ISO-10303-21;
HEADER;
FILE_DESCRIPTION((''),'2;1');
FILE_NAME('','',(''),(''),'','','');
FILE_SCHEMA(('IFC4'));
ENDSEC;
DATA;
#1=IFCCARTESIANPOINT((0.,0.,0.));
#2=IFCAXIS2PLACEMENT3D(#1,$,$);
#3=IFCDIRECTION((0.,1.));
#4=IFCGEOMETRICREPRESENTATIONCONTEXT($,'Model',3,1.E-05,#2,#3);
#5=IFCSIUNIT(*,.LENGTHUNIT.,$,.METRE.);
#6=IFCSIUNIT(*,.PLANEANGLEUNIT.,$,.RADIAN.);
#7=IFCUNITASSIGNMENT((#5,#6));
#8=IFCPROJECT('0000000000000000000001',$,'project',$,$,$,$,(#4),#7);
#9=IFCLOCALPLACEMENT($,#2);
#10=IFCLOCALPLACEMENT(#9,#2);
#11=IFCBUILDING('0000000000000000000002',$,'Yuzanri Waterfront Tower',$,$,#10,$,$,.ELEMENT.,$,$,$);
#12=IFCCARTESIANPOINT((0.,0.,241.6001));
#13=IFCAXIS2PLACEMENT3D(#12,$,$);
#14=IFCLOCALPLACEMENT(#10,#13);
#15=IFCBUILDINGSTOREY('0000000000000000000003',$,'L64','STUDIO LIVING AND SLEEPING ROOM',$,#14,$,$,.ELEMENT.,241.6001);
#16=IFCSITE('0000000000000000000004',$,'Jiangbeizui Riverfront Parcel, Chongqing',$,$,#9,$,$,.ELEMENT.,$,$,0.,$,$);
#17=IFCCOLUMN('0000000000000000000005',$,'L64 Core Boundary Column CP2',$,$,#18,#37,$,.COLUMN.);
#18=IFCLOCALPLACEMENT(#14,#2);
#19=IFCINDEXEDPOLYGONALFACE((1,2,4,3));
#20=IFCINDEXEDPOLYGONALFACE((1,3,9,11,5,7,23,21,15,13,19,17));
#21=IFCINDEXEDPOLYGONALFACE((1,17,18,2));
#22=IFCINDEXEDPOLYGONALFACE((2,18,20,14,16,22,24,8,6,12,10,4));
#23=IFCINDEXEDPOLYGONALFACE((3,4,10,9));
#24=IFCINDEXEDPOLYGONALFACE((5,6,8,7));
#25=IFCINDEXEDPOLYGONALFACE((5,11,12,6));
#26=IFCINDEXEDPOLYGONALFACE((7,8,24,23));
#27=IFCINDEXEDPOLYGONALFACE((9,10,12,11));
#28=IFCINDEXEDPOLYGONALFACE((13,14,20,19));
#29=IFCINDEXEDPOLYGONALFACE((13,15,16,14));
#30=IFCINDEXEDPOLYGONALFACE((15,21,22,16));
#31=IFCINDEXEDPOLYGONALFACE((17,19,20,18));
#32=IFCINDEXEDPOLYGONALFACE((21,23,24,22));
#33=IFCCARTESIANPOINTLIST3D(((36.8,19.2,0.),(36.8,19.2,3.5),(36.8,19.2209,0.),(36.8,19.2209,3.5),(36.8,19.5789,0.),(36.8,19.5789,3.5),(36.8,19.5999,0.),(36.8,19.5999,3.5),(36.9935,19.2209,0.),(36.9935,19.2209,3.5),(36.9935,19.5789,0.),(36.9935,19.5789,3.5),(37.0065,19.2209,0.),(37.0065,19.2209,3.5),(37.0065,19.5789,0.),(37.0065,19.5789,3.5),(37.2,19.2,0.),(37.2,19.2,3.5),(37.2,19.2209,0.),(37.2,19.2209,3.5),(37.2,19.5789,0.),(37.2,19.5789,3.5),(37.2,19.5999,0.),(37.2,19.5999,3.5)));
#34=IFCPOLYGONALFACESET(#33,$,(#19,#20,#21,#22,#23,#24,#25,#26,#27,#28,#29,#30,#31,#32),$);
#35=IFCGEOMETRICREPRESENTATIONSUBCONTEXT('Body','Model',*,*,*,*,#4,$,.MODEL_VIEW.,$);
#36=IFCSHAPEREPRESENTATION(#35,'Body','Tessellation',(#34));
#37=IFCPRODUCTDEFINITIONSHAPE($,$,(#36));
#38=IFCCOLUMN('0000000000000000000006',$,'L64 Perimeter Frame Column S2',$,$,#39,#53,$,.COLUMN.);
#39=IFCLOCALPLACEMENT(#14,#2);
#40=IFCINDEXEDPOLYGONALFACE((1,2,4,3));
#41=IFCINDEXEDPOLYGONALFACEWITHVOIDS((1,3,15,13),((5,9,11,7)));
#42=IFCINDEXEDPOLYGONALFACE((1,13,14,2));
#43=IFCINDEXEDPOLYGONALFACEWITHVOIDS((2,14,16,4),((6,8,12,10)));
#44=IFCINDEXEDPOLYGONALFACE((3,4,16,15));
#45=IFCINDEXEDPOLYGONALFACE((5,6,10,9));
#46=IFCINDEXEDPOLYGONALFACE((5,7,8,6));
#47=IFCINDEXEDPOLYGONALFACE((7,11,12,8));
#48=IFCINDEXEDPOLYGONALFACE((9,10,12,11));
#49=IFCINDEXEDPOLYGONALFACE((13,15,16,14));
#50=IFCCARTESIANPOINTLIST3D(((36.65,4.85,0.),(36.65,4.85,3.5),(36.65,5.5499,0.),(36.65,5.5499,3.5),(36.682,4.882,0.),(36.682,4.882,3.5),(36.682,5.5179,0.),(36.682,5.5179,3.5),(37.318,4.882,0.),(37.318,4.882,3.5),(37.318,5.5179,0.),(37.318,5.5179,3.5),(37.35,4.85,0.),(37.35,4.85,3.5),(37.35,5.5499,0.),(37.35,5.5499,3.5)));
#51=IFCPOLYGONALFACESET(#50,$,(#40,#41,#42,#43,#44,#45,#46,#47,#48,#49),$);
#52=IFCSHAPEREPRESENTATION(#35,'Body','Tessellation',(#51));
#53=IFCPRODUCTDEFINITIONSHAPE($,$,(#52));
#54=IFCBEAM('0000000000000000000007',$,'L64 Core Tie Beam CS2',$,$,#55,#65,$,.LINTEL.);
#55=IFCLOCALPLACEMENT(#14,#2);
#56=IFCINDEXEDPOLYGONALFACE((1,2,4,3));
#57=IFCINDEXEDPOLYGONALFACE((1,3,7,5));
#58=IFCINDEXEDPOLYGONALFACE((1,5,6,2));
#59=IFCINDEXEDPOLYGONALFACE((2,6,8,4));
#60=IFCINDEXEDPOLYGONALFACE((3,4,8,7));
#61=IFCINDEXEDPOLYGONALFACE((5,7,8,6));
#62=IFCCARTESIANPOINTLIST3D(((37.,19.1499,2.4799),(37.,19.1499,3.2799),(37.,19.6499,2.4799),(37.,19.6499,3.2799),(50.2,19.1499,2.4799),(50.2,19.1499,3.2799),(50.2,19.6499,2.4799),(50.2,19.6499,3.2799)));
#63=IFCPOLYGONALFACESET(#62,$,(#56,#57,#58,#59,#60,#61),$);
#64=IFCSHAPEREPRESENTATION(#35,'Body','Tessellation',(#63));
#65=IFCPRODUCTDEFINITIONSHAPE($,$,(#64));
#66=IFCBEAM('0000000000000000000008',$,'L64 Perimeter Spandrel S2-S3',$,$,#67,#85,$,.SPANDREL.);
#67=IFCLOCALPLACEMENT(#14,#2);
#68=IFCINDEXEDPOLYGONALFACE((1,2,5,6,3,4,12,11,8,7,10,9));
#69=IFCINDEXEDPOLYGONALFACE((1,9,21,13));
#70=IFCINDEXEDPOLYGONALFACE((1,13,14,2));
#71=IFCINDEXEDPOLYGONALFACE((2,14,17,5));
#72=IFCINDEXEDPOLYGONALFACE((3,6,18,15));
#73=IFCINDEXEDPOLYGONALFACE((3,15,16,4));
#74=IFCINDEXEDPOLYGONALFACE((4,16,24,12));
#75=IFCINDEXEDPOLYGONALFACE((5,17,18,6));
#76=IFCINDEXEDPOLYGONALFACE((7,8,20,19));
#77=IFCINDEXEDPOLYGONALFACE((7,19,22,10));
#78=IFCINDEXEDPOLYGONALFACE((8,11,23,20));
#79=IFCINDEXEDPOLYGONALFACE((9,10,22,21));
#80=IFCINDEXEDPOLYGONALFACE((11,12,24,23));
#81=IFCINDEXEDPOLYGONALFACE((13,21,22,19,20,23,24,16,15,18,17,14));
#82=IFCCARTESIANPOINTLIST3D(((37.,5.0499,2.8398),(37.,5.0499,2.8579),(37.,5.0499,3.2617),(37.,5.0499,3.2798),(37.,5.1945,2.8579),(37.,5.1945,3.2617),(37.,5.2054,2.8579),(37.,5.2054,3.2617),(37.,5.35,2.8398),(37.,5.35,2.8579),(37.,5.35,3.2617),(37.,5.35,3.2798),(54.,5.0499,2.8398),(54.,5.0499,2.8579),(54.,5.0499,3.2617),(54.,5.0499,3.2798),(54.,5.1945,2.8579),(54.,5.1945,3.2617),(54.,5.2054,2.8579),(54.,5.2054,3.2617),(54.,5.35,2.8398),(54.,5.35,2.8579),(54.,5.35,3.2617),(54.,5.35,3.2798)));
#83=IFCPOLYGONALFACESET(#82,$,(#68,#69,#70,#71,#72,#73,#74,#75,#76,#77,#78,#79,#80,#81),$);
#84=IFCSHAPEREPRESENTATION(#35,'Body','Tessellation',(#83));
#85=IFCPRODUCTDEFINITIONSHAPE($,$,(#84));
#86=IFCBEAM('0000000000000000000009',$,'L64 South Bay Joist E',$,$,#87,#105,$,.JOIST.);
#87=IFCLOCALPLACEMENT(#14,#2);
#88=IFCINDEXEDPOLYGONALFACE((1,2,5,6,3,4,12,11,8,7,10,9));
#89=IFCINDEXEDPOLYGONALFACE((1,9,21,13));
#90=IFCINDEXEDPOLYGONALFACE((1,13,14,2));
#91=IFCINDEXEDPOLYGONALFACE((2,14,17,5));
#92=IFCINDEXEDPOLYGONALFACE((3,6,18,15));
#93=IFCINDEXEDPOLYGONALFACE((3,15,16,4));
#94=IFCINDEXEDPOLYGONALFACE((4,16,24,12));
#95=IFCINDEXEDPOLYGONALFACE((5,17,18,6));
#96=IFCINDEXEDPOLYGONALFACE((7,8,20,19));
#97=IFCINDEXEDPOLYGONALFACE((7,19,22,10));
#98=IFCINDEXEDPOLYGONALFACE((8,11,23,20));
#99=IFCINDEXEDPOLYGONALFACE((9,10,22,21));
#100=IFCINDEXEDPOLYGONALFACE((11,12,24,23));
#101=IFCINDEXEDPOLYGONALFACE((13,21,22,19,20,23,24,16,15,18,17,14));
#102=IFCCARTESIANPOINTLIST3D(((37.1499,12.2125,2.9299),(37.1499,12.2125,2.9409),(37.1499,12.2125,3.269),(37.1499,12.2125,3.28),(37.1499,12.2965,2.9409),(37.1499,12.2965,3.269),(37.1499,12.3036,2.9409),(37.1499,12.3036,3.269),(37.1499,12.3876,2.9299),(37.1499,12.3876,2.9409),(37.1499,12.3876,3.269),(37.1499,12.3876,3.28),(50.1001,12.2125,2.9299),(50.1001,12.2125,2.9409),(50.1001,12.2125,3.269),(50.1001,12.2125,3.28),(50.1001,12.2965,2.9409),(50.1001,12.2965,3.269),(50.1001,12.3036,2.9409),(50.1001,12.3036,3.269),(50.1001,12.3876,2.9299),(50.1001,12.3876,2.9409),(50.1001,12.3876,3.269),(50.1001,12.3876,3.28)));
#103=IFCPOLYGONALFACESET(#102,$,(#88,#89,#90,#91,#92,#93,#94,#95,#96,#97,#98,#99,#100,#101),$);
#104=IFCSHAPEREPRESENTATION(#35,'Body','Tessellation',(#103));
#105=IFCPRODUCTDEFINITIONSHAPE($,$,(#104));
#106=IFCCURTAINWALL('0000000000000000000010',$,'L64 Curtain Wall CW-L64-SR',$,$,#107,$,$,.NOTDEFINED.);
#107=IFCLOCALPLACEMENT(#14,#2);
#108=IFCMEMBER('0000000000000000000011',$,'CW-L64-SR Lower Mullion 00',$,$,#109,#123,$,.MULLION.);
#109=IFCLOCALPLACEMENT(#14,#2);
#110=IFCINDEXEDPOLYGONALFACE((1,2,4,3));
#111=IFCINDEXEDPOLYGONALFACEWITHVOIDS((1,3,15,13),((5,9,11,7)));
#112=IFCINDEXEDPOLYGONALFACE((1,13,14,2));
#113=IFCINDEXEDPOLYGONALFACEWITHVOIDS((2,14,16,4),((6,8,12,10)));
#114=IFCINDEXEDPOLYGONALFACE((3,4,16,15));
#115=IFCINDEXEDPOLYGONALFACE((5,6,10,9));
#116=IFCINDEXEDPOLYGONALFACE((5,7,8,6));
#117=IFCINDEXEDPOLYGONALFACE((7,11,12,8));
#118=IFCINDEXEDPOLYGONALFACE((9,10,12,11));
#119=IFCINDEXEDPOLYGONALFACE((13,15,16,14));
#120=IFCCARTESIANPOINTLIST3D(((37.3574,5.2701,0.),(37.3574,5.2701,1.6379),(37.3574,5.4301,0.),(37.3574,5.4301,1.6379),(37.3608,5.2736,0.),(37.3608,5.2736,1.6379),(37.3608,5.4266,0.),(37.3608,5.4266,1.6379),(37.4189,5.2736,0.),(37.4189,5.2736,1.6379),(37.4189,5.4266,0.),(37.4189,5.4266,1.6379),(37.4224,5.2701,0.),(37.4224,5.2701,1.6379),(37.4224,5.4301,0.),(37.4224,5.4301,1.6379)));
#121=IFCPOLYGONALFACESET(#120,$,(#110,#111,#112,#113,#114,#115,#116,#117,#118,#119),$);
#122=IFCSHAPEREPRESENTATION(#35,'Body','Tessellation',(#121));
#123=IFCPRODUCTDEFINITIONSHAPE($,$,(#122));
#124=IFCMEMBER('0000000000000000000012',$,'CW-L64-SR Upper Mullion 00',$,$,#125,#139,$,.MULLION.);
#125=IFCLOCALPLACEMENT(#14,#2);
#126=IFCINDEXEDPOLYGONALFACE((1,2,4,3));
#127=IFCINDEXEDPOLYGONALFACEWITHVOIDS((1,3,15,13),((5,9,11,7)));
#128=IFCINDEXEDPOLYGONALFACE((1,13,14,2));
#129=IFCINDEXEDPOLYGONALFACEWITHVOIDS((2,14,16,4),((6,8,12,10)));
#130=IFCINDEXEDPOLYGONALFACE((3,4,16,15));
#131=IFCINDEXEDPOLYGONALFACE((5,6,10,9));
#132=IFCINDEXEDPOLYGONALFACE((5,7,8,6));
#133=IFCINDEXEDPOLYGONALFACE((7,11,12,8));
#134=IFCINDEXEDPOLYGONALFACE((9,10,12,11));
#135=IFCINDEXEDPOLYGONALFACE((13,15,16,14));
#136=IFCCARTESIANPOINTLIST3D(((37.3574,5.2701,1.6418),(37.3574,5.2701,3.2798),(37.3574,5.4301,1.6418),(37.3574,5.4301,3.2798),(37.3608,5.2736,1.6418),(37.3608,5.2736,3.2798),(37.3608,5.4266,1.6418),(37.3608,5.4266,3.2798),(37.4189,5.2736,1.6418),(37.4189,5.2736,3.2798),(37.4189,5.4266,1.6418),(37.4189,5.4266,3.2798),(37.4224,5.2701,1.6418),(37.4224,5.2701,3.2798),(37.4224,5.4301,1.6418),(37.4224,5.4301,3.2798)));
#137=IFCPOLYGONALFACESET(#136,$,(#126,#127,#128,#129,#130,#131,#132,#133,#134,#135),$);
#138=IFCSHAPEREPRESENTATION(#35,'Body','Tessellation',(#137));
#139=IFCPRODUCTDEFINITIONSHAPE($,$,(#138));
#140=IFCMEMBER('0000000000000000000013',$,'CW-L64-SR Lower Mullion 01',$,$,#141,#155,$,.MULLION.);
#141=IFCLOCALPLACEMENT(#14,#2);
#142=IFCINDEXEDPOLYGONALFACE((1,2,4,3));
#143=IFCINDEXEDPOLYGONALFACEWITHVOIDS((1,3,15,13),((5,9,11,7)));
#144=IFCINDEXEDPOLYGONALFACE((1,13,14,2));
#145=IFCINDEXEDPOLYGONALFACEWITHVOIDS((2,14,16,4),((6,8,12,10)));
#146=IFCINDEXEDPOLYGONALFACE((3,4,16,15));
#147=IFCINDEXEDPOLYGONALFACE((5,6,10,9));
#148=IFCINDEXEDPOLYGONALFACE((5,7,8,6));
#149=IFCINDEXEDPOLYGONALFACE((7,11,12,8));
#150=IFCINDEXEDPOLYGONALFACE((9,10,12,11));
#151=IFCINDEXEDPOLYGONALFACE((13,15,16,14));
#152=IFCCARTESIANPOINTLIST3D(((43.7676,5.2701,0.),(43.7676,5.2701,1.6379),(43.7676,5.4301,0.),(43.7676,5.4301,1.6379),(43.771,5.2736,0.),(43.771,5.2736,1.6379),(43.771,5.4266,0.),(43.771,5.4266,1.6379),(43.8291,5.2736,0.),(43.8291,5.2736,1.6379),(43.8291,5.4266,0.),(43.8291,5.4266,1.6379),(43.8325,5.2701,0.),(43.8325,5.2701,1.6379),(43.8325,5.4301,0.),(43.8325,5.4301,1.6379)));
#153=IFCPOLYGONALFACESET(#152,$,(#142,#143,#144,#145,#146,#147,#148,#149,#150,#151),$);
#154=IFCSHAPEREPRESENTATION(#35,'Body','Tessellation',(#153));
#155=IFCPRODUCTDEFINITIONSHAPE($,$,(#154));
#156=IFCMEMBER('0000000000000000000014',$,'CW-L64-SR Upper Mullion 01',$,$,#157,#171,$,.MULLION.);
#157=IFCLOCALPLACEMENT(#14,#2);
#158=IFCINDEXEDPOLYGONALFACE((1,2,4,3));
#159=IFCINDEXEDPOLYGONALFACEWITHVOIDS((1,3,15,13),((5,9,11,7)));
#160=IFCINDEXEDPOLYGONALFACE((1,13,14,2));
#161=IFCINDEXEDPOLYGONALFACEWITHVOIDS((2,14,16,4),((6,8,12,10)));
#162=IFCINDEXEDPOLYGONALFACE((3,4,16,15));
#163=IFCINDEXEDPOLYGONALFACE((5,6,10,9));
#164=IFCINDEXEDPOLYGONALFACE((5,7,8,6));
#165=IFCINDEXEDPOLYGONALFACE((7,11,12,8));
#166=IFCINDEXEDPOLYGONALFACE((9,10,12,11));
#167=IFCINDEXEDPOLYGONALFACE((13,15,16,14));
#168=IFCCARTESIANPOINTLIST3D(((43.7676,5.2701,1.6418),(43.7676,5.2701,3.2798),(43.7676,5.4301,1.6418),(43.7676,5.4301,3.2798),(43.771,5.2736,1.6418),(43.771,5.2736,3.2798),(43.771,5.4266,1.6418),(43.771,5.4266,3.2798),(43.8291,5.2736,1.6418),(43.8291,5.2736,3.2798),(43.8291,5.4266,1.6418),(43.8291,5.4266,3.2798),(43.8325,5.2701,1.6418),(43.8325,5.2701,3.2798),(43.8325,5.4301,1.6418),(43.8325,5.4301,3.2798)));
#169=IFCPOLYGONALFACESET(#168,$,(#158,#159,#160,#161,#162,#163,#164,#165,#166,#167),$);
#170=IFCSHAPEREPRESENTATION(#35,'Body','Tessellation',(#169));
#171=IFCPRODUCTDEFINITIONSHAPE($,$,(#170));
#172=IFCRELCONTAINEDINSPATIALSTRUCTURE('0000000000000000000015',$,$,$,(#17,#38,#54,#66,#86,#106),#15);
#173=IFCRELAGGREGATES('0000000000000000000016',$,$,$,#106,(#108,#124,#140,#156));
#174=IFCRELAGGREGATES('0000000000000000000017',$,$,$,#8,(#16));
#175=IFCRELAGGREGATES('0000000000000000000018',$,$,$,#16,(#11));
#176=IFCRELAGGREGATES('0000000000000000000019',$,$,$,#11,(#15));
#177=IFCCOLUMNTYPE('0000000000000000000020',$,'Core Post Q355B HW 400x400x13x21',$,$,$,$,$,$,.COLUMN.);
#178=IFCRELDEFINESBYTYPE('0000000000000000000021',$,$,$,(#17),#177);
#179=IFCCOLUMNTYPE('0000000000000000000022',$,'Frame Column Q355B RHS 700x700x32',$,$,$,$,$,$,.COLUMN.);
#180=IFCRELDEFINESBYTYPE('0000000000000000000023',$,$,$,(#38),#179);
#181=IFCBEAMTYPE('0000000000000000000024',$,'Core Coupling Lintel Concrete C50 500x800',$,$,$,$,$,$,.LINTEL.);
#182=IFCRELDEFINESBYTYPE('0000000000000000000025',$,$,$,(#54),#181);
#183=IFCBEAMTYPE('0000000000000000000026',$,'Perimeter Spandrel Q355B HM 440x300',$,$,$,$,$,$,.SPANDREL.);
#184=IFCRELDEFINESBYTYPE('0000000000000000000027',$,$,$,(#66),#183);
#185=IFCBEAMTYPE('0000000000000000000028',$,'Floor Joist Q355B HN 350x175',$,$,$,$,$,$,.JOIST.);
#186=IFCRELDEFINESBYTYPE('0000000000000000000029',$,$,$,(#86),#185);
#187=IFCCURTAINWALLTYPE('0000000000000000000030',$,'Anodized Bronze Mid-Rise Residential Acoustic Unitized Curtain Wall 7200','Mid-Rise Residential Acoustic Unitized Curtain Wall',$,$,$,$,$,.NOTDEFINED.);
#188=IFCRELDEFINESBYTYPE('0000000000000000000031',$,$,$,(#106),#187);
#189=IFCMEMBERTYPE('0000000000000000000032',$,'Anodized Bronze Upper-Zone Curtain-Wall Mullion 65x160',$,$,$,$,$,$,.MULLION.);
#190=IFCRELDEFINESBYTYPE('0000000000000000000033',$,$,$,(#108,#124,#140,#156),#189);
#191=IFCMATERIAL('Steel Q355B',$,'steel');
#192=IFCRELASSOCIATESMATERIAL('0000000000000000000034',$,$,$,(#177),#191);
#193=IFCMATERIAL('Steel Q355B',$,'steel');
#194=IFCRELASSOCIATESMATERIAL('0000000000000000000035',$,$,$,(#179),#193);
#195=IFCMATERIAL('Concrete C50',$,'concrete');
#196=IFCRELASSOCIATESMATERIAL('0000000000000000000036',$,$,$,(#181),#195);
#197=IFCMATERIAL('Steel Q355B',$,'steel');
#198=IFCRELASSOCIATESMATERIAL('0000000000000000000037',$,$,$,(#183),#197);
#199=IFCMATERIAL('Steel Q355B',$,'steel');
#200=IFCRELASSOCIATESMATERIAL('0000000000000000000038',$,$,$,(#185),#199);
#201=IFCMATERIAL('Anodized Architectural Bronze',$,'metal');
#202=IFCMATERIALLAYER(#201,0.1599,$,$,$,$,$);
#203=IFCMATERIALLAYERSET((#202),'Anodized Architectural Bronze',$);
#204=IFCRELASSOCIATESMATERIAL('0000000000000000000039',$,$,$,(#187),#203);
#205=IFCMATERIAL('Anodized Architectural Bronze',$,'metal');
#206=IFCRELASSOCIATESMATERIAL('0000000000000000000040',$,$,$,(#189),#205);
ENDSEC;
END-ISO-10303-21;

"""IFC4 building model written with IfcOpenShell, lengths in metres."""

from ifc_helpers import new_model, si_unit, direction, frame, origin, origin_2d, place, context, subcontext, project, spatial, rectangle, hollow_rectangle, i_section, extrude, source, transform, mapped, material, layer, layer_set, material_profile, profile_set, type_object, element, aggregate, save


model = new_model("IFC4")

# Units and contexts
model_context = context("Model", 3, precision=1e-05, world=origin(), true_north=direction((0.0, 1.0)))
body_context = subcontext(model_context, "Body", "Model", "MODEL_VIEW")
ifc_project = project(units=[si_unit("LENGTHUNIT", "METRE"), si_unit("PLANEANGLEUNIT", "RADIAN")], contexts=[model_context])

# Site, building, storey
site_placement = place(None, origin())
site = spatial("IfcSite", under=ifc_project, at=site_placement, Name="Jiangbeizui Riverfront Parcel, Chongqing", CompositionType="ELEMENT", RefElevation=0.0)
building_placement = place(site_placement, origin())
building = spatial("IfcBuilding", under=site, at=building_placement, Name="Yuzanri Waterfront Tower", CompositionType="ELEMENT")
storey_placement = place(building_placement, frame((0.0, 0.0, 241.6001)))
storey = spatial("IfcBuildingStorey", under=building, at=storey_placement, Name="L64", Description="STUDIO LIVING AND SLEEPING ROOM", CompositionType="ELEMENT", Elevation=241.6001)

# Columns
ifc_material_1 = material(Name="Steel Q355B", Category="steel")
ifc_material_profile_1 = material_profile(ifc_material_1, i_section(OverallWidth=0.3999, OverallDepth=0.3999, WebThickness=0.0129, FlangeThickness=0.021, at=origin_2d()), Name="HW 400x400x13x21")
ifc_profile_set_1 = profile_set([ifc_material_profile_1], Name="Steel Q355B")
column_type_1 = type_object("IfcColumnType", Name="Core Post Q355B HW 400x400x13x21", PredefinedType="COLUMN", material=ifc_profile_set_1)
shared_shape_1 = source(origin(), body_context, "Body", "SweptSolid", [
    extrude(i_section(OverallWidth=0.3999, OverallDepth=0.3999, WebThickness=0.0129, FlangeThickness=0.021, at=origin_2d()), origin(), (0.0, 0.0, 1.0), 3.5),
])
column_1_placement = place(storey_placement, frame((37.0, 19.3999, 0.0), z_axis=(0.0, 0.0, 1.0), x_axis=(1.0, 0.0, 0.0)))
element("IfcColumn", 1, at=column_1_placement, inside=storey, type_object=column_type_1, Name="L64 Core Boundary Column CP2", PredefinedType="COLUMN", context=body_context, shape_type="MappedRepresentation", body=[
    mapped(shared_shape_1, transform((0.0, 0.0, 0.0), scale=1.0)),
])
ifc_material_2 = material(Name="Steel Q355B", Category="steel")
ifc_material_profile_2 = material_profile(ifc_material_2, hollow_rectangle(XDim=0.7, YDim=0.7, WallThickness=0.032, at=origin_2d()), Name="RHS 700x700x32")
ifc_profile_set_2 = profile_set([ifc_material_profile_2], Name="Steel Q355B")
column_type_2 = type_object("IfcColumnType", Name="Frame Column Q355B RHS 700x700x32", PredefinedType="COLUMN", material=ifc_profile_set_2)
shared_shape_2 = source(origin(), body_context, "Body", "SweptSolid", [
    extrude(hollow_rectangle(XDim=0.7, YDim=0.7, WallThickness=0.032, at=origin_2d()), origin(), (0.0, 0.0, 1.0), 3.5),
])
column_2_placement = place(storey_placement, frame((37.0, 5.2, 0.0), z_axis=(0.0, 0.0, 1.0), x_axis=(1.0, 0.0, 0.0)))
element("IfcColumn", 2, at=column_2_placement, inside=storey, type_object=column_type_2, Name="L64 Perimeter Frame Column S2", PredefinedType="COLUMN", context=body_context, shape_type="MappedRepresentation", body=[
    mapped(shared_shape_2, transform((0.0, 0.0, 0.0), scale=1.0)),
])

# Beams
ifc_material_3 = material(Name="Concrete C50", Category="concrete")
ifc_material_profile_3 = material_profile(ifc_material_3, rectangle(XDim=0.5, YDim=0.8, at=origin_2d()), Name="RC 500x800")
ifc_profile_set_3 = profile_set([ifc_material_profile_3], Name="Concrete C50")
beam_type_1 = type_object("IfcBeamType", Name="Core Coupling Lintel Concrete C50 500x800", PredefinedType="LINTEL", material=ifc_profile_set_3)
shared_shape_3 = source(origin(), body_context, "Body", "SweptSolid", [
    extrude(rectangle(XDim=0.5, YDim=0.8, at=origin_2d()), origin(), (0.0, 0.0, 1.0), 13.2),
])
beam_1_placement = place(storey_placement, frame((37.0, 19.3999, 2.8799), z_axis=(1.0, 0.0, 0.0), x_axis=(0.0, 1.0, 0.0)))
element("IfcBeam", 3, at=beam_1_placement, inside=storey, type_object=beam_type_1, Name="L64 Core Tie Beam CS2", PredefinedType="LINTEL", context=body_context, shape_type="MappedRepresentation", body=[
    mapped(shared_shape_3, transform((0.0, 0.0, 0.0), scale=1.0)),
])
ifc_material_4 = material(Name="Steel Q355B", Category="steel")
ifc_material_profile_4 = material_profile(ifc_material_4, i_section(OverallWidth=0.3, OverallDepth=0.4399, WebThickness=0.011, FlangeThickness=0.0181, at=origin_2d()), Name="HM 440x300x11x18")
ifc_profile_set_4 = profile_set([ifc_material_profile_4], Name="Steel Q355B")
beam_type_2 = type_object("IfcBeamType", Name="Perimeter Spandrel Q355B HM 440x300", PredefinedType="SPANDREL", material=ifc_profile_set_4)
shared_shape_4 = source(origin(), body_context, "Body", "SweptSolid", [
    extrude(i_section(OverallWidth=0.3, OverallDepth=0.4399, WebThickness=0.011, FlangeThickness=0.0181, at=origin_2d()), origin(), (0.0, 0.0, 1.0), 17.0),
])
beam_2_placement = place(storey_placement, frame((37.0, 5.2, 3.0598), z_axis=(1.0, 0.0, 0.0), x_axis=(0.0, 1.0, 0.0)))
element("IfcBeam", 4, at=beam_2_placement, inside=storey, type_object=beam_type_2, Name="L64 Perimeter Spandrel S2-S3", PredefinedType="SPANDREL", context=body_context, shape_type="MappedRepresentation", body=[
    mapped(shared_shape_4, transform((0.0, 0.0, 0.0), scale=1.0)),
])
ifc_material_5 = material(Name="Steel Q355B", Category="steel")
ifc_material_profile_5 = material_profile(ifc_material_5, i_section(OverallWidth=0.175, OverallDepth=0.3501, WebThickness=0.0071, FlangeThickness=0.011, at=origin_2d()), Name="HN 350x175x7x11")
ifc_profile_set_5 = profile_set([ifc_material_profile_5], Name="Steel Q355B")
beam_type_3 = type_object("IfcBeamType", Name="Floor Joist Q355B HN 350x175", PredefinedType="JOIST", material=ifc_profile_set_5)
shared_shape_5 = source(origin(), body_context, "Body", "SweptSolid", [
    extrude(i_section(OverallWidth=0.175, OverallDepth=0.3501, WebThickness=0.0071, FlangeThickness=0.011, at=origin_2d()), origin(), (0.0, 0.0, 1.0), 12.9502),
])
beam_3_placement = place(storey_placement, frame((37.1499, 12.3, 3.105), z_axis=(1.0, 0.0, 0.0), x_axis=(0.0, 1.0, 0.0)))
element("IfcBeam", 5, at=beam_3_placement, inside=storey, type_object=beam_type_3, Name="L64 South Bay Joist E", PredefinedType="JOIST", context=body_context, shape_type="MappedRepresentation", body=[
    mapped(shared_shape_5, transform((0.0, 0.0, 0.0), scale=1.0)),
])

# Curtain wall, members
ifc_material_6 = material(Name="Anodized Architectural Bronze", Category="metal")
ifc_layer_1 = layer(ifc_material_6, 0.1599)
ifc_layer_set_1 = layer_set([ifc_layer_1], Name="Anodized Architectural Bronze")
curtain_wall_type = type_object("IfcCurtainWallType", Name="Anodized Bronze Mid-Rise Residential Acoustic Unitized Curtain Wall 7200", Description="Mid-Rise Residential Acoustic Unitized Curtain Wall", PredefinedType="NOTDEFINED", material=ifc_layer_set_1)
curtain_wall_placement = place(storey_placement, origin())
curtain_wall = element("IfcCurtainWall", 6, at=curtain_wall_placement, inside=storey, type_object=curtain_wall_type, Name="L64 Curtain Wall CW-L64-SR", PredefinedType="NOTDEFINED")
ifc_material_7 = material(Name="Anodized Architectural Bronze", Category="metal")
ifc_material_profile_6 = material_profile(ifc_material_7, hollow_rectangle(XDim=0.0649, YDim=0.1599, WallThickness=0.0034, at=origin_2d()), Name="CWM 65x160")
ifc_profile_set_6 = profile_set([ifc_material_profile_6], Name="Anodized Architectural Bronze")
member_type_1 = type_object("IfcMemberType", Name="Anodized Bronze Upper-Zone Curtain-Wall Mullion 65x160", PredefinedType="MULLION", material=ifc_profile_set_6)
shared_shape_6 = source(origin(), body_context, "Body", "SweptSolid", [
    extrude(hollow_rectangle(XDim=0.0649, YDim=0.1599, WallThickness=0.0034, at=origin_2d()), origin(), (0.0, 0.0, 1.0), 1.6379),
])
member_1_placement = place(storey_placement, frame((37.3899, 5.3501, 0.0), z_axis=(0.0, 0.0, 1.0), x_axis=(1.0, 0.0, 0.0)))
member_1 = element("IfcMember", 7, at=member_1_placement, type_object=member_type_1, Name="CW-L64-SR Lower Mullion 00", PredefinedType="MULLION", context=body_context, shape_type="MappedRepresentation", body=[
    mapped(shared_shape_6, transform((0.0, 0.0, 0.0), scale=1.0)),
])
member_2_placement = place(storey_placement, frame((37.3899, 5.3501, 1.6418), z_axis=(0.0, 0.0, 1.0), x_axis=(1.0, 0.0, 0.0)))
member_2 = element("IfcMember", 8, at=member_2_placement, type_object=member_type_1, Name="CW-L64-SR Upper Mullion 00", PredefinedType="MULLION", context=body_context, shape_type="MappedRepresentation", body=[
    mapped(shared_shape_6, transform((0.0, 0.0, 0.0), scale=1.0)),
])
member_3_placement = place(storey_placement, frame((43.8, 5.3501, 0.0), z_axis=(0.0, 0.0, 1.0), x_axis=(1.0, 0.0, 0.0)))
member_3 = element("IfcMember", 9, at=member_3_placement, type_object=member_type_1, Name="CW-L64-SR Lower Mullion 01", PredefinedType="MULLION", context=body_context, shape_type="MappedRepresentation", body=[
    mapped(shared_shape_6, transform((0.0, 0.0, 0.0), scale=1.0)),
])
member_4_placement = place(storey_placement, frame((43.8, 5.3501, 1.6418), z_axis=(0.0, 0.0, 1.0), x_axis=(1.0, 0.0, 0.0)))
member_4 = element("IfcMember", 10, at=member_4_placement, type_object=member_type_1, Name="CW-L64-SR Upper Mullion 01", PredefinedType="MULLION", context=body_context, shape_type="MappedRepresentation", body=[
    mapped(shared_shape_6, transform((0.0, 0.0, 0.0), scale=1.0)),
])
aggregate(curtain_wall, [member_1, member_2, member_3, member_4])

save(model, "model.ifc")
